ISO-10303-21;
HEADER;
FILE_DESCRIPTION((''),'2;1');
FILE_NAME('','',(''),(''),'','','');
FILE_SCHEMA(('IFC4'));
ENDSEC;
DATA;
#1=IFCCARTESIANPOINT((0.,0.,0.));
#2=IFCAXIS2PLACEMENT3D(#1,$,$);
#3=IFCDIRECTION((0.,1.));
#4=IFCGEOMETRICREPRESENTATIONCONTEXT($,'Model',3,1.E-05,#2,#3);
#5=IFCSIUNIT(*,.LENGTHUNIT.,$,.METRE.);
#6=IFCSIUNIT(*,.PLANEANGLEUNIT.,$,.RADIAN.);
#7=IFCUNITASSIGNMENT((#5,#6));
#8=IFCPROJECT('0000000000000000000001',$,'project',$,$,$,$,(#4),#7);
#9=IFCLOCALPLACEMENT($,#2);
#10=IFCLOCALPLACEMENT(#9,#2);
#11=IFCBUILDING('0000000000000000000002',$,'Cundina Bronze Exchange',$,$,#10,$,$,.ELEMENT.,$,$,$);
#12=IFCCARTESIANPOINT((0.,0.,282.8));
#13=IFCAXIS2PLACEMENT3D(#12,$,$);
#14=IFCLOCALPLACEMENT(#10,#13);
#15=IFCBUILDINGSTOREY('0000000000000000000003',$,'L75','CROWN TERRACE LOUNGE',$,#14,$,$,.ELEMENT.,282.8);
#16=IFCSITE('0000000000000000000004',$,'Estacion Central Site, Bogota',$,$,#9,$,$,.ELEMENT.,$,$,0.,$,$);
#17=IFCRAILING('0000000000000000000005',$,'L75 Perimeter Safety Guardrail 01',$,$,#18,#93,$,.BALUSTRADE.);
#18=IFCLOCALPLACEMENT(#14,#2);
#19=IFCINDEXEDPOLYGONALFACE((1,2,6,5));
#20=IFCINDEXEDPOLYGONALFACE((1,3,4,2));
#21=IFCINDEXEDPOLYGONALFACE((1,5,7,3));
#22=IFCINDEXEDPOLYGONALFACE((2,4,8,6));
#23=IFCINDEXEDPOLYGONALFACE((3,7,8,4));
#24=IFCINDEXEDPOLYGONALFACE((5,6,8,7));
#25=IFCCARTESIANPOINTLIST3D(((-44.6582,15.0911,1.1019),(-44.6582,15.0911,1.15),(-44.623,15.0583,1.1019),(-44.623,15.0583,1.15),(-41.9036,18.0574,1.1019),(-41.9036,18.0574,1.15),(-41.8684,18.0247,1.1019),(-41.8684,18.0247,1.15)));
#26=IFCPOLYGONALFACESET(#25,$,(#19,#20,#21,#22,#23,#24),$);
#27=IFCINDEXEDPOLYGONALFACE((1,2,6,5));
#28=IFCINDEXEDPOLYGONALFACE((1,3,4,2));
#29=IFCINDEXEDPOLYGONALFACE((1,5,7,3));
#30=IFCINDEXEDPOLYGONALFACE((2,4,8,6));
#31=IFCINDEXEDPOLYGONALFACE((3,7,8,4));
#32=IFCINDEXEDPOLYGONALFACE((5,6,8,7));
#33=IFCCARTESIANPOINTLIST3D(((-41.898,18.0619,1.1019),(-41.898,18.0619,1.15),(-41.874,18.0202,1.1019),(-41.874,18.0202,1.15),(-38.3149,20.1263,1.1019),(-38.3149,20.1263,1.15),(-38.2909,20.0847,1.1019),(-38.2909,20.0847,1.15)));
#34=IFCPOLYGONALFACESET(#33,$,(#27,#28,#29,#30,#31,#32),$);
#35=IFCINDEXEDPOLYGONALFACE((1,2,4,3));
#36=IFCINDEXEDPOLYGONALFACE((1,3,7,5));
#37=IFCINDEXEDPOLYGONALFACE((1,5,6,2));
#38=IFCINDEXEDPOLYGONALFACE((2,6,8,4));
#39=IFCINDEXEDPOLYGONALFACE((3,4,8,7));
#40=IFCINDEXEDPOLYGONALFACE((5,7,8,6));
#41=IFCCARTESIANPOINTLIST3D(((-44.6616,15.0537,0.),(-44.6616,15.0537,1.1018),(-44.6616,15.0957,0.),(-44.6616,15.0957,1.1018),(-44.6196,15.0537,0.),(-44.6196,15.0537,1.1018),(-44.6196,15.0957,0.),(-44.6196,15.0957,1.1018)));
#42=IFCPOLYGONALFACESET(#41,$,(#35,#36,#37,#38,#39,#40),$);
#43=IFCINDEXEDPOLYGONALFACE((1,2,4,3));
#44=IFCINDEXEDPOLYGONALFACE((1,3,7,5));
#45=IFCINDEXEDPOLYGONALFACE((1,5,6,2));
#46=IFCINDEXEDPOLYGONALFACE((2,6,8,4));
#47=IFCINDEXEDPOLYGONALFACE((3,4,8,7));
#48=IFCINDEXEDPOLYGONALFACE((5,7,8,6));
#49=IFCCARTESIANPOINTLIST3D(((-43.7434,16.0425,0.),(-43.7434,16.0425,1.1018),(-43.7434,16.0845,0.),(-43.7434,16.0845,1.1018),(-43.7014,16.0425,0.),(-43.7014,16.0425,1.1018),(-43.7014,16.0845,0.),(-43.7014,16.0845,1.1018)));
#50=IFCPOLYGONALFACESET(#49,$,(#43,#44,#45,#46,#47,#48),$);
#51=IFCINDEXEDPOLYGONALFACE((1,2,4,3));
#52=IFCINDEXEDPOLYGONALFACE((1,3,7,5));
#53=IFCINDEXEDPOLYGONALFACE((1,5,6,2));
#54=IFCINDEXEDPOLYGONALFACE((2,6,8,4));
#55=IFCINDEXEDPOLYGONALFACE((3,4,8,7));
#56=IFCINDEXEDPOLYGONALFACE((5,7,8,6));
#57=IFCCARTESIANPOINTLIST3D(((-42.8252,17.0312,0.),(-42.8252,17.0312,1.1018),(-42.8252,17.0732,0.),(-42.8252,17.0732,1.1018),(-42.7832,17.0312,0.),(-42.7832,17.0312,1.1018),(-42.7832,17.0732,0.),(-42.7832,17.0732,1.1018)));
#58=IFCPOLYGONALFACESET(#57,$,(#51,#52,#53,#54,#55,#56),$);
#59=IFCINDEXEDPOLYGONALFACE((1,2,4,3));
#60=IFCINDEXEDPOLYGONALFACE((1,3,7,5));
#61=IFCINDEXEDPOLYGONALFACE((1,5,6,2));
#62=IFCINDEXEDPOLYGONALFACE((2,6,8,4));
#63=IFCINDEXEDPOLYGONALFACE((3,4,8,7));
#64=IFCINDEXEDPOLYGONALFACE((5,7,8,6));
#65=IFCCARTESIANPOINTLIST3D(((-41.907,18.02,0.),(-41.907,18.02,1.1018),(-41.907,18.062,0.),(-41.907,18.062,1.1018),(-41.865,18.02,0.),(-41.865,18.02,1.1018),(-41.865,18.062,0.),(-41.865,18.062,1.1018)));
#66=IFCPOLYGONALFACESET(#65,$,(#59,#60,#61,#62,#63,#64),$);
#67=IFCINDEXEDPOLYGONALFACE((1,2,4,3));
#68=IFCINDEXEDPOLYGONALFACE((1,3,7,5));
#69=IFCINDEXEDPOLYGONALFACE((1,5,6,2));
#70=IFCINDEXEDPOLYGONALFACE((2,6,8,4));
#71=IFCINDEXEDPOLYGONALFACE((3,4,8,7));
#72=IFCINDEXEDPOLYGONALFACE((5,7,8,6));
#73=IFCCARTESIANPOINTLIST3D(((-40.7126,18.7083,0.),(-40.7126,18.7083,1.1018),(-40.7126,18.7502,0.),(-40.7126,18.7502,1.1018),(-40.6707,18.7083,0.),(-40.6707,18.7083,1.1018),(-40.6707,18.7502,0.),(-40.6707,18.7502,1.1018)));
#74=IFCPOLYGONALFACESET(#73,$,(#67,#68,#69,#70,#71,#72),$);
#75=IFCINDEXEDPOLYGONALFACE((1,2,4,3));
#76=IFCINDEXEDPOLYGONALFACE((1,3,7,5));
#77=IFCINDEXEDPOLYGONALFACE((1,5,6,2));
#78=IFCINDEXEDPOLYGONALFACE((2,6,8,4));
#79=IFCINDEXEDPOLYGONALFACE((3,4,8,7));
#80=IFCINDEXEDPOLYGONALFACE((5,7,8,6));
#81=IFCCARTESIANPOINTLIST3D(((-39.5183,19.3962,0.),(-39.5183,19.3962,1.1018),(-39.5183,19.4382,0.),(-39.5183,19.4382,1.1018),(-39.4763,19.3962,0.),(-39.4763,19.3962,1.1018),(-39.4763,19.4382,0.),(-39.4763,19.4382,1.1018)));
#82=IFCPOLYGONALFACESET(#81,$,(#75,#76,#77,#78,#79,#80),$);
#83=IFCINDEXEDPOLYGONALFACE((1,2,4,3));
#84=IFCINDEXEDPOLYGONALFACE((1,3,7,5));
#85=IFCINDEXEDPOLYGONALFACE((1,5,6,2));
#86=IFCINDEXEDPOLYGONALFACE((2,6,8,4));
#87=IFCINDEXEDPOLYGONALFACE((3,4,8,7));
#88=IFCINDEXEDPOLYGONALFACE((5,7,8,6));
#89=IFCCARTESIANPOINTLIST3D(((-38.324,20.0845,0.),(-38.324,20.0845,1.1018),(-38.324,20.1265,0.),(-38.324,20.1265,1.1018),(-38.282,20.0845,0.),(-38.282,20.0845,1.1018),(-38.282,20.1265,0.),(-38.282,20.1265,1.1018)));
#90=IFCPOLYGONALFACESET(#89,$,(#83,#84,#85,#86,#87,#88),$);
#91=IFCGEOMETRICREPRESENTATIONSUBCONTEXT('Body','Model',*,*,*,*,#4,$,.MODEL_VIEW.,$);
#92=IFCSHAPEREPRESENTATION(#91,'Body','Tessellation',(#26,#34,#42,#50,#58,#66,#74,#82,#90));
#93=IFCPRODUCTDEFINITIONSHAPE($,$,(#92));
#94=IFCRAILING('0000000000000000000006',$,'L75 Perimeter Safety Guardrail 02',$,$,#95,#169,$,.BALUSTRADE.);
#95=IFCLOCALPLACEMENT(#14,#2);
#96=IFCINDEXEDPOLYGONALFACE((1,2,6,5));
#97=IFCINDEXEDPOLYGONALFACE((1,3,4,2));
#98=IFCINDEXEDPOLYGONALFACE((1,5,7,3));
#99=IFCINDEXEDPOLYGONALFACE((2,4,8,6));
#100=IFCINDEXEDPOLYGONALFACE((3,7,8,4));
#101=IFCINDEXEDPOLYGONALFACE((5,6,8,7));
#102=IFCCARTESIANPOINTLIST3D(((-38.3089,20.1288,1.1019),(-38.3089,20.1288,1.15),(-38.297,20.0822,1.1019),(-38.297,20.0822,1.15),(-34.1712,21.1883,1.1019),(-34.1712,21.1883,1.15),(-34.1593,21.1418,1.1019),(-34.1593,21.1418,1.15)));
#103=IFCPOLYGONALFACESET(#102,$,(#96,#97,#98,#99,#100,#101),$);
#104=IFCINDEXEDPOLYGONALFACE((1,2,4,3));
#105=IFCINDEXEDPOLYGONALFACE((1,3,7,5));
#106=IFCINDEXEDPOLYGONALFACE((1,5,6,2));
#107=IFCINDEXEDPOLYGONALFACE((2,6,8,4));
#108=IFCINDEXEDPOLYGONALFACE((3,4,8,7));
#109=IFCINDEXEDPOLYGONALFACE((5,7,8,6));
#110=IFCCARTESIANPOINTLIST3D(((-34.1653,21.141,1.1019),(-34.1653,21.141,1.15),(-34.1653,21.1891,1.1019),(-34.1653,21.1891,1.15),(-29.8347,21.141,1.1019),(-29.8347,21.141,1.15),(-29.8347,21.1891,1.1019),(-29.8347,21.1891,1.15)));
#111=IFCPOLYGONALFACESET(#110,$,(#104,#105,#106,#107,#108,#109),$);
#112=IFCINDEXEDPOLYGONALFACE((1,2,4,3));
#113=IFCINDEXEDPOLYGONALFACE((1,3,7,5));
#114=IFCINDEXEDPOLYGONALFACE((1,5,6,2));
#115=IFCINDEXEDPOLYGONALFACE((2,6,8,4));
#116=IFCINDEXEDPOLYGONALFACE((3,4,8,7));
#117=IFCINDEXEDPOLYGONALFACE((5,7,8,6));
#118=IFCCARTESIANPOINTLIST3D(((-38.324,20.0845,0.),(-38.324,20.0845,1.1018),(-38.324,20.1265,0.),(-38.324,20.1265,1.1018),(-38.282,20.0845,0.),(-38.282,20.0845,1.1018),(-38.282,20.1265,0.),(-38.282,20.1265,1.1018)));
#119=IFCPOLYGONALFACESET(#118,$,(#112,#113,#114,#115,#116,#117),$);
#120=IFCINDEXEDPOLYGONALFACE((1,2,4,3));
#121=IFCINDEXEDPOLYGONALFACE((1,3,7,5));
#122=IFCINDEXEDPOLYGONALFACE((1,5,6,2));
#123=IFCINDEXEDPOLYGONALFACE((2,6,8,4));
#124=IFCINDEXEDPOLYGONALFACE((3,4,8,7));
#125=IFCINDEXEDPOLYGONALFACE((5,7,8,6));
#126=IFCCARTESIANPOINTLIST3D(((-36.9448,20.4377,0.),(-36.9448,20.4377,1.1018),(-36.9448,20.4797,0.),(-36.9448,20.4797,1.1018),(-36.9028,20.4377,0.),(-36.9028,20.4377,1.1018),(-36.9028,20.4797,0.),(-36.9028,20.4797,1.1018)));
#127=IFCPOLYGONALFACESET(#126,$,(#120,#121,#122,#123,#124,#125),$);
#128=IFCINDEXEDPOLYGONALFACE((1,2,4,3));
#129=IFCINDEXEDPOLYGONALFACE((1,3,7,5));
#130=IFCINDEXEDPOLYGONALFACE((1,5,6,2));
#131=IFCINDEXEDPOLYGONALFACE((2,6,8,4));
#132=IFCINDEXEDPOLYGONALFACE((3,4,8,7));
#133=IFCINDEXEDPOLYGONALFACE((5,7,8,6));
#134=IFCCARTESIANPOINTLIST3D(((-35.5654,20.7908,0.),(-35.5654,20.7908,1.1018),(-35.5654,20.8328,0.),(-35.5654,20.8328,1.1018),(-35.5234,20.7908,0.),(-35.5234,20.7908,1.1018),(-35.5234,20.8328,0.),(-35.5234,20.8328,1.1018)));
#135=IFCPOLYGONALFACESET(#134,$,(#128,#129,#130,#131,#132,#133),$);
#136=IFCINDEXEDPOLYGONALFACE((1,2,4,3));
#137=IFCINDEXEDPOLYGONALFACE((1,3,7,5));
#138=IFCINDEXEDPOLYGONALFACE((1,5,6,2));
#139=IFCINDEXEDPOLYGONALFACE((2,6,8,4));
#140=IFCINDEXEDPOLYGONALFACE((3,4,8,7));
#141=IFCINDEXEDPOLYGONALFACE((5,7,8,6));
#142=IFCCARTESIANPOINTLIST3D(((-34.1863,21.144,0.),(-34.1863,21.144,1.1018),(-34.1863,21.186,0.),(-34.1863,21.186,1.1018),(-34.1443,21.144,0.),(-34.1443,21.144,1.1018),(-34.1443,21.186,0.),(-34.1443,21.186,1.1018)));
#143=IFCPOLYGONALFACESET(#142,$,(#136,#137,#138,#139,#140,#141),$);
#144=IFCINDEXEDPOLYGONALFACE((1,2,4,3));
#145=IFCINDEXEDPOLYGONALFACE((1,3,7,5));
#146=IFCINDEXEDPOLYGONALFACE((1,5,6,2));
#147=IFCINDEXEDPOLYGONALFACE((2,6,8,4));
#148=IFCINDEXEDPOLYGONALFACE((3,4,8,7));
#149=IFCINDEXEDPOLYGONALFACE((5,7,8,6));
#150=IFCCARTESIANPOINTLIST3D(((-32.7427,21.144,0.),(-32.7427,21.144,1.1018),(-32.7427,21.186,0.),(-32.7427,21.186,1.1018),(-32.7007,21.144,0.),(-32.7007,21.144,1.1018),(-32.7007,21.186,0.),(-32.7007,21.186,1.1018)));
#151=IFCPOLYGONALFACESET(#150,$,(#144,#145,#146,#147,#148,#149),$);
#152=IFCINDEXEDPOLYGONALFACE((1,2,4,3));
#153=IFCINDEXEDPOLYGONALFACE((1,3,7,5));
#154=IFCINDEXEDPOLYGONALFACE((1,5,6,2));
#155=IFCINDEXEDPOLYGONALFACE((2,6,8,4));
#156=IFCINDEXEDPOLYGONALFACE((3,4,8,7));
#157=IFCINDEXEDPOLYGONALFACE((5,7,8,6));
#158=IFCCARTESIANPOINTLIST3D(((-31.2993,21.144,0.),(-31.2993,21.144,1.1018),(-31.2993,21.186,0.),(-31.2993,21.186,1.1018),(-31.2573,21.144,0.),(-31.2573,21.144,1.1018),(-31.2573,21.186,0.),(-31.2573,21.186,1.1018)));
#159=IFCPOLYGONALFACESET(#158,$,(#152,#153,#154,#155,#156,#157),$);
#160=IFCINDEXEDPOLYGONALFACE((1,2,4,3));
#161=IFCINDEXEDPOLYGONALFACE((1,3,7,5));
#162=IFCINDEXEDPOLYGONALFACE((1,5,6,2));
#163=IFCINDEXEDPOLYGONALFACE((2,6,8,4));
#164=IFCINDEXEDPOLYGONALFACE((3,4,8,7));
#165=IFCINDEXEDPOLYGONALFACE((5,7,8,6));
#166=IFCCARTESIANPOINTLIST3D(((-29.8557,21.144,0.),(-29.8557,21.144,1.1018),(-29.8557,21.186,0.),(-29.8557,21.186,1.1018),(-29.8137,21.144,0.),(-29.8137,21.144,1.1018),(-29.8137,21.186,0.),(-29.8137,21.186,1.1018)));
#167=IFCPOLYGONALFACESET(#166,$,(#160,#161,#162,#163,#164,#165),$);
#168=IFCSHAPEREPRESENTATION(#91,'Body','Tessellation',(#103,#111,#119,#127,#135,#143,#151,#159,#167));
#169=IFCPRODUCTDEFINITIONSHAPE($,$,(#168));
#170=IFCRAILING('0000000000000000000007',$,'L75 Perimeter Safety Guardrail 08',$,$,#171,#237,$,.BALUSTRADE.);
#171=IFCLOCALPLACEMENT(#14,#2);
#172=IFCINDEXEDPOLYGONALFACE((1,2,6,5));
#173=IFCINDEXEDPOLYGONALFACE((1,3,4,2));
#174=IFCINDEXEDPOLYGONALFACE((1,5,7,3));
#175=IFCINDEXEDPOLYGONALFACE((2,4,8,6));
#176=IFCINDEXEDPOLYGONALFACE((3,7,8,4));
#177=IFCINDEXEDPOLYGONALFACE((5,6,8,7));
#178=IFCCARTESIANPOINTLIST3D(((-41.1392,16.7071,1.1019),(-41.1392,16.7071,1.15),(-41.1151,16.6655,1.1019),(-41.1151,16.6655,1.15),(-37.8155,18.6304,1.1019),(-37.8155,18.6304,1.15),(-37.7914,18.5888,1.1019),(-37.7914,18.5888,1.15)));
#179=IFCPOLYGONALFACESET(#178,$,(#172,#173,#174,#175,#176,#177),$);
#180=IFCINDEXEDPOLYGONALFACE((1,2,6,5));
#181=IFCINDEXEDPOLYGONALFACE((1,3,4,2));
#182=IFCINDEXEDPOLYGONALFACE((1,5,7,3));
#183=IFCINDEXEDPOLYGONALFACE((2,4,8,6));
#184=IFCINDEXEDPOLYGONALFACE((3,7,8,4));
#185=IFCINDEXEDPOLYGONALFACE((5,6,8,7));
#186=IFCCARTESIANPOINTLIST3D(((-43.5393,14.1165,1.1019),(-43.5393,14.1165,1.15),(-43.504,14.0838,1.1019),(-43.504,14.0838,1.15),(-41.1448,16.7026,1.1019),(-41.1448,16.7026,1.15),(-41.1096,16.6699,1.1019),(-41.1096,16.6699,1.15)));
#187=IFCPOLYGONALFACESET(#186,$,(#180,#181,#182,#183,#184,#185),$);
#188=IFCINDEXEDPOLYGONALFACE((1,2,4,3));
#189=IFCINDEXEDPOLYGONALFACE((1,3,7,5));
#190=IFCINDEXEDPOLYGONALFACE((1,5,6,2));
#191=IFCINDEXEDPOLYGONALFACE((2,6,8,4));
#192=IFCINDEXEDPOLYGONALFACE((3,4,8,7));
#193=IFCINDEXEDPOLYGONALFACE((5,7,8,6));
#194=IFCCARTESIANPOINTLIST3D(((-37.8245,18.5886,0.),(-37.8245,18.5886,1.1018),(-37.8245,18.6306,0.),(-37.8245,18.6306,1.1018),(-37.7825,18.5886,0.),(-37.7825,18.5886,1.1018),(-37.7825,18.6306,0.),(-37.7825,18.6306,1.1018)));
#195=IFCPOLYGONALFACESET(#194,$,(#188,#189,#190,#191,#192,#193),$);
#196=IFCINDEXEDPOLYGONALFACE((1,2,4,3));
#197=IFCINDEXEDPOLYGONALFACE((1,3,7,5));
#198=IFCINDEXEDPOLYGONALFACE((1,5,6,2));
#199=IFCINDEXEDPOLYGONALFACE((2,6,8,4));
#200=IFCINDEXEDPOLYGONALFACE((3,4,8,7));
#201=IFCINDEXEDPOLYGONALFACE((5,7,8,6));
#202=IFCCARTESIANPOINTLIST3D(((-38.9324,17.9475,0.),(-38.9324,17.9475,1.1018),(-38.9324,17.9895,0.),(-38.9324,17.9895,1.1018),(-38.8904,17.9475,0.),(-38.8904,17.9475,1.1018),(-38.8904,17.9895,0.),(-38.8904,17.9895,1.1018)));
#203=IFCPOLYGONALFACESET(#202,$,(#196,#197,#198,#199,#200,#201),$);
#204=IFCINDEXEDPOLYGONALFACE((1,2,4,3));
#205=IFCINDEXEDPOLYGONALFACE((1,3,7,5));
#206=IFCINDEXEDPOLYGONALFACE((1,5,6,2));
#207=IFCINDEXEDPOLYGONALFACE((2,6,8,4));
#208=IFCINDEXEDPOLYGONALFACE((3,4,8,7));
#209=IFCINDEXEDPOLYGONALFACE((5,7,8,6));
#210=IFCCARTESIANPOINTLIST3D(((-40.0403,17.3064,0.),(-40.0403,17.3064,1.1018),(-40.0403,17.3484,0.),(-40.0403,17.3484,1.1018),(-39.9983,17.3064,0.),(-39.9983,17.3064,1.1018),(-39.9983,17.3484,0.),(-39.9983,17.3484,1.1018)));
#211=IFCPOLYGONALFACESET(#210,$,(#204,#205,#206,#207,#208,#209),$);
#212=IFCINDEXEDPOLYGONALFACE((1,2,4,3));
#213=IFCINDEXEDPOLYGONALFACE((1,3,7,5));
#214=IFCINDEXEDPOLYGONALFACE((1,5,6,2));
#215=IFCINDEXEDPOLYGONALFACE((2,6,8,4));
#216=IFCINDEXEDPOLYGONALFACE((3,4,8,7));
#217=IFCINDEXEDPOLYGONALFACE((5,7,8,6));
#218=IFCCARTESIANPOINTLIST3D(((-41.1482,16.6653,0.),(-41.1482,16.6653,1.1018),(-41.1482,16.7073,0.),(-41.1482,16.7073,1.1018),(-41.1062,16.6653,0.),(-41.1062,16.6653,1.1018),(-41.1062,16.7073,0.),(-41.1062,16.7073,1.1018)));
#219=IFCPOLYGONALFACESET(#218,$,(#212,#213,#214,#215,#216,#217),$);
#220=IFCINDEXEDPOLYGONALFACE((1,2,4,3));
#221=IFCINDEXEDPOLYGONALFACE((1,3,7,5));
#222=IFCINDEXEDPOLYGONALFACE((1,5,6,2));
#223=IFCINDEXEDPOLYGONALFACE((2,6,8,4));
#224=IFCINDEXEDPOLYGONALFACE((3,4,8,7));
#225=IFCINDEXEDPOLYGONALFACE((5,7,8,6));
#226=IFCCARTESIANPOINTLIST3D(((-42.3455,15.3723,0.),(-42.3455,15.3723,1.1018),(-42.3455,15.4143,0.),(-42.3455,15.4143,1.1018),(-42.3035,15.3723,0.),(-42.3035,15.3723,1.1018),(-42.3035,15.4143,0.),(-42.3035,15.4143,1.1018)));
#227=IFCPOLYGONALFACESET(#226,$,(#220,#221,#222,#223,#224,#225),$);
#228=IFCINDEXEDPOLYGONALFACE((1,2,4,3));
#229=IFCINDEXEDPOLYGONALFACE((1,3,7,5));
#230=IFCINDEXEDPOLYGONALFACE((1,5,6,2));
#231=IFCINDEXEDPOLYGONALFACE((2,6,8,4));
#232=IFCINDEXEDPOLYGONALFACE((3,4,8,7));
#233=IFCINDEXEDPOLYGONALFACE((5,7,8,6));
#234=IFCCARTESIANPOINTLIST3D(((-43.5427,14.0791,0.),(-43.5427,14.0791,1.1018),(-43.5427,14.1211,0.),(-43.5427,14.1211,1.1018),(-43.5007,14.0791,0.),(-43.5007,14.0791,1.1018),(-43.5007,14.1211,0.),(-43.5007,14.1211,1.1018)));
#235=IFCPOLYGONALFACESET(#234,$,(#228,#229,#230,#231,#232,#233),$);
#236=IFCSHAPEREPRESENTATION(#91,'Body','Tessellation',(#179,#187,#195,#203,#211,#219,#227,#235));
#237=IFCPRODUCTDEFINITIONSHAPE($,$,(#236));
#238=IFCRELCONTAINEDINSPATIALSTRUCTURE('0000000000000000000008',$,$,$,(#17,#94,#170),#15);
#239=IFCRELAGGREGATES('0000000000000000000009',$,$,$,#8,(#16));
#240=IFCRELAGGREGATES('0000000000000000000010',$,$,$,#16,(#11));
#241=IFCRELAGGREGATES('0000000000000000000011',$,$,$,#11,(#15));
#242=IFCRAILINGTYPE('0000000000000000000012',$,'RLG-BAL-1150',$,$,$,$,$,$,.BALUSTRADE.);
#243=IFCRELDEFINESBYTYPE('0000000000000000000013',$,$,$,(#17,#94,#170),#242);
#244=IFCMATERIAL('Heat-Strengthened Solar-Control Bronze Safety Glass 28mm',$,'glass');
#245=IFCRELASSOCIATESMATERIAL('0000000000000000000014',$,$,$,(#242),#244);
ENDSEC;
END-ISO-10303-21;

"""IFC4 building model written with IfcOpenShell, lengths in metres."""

from ifc_helpers import new_model, si_unit, direction, frame, origin, origin_2d, place, context, subcontext, project, spatial, rectangle, extrude, material, type_object, element, save


model = new_model("IFC4")

# Units and contexts
model_context = context("Model", 3, precision=1e-05, world=origin(), true_north=direction((0.0, 1.0)))
body_context = subcontext(model_context, "Body", "Model", "MODEL_VIEW")
ifc_project = project(units=[si_unit("LENGTHUNIT", "METRE"), si_unit("PLANEANGLEUNIT", "RADIAN")], contexts=[model_context])

# Site, building, storey
site_placement = place(None, origin())
site = spatial("IfcSite", under=ifc_project, at=site_placement, Name="Estacion Central Site, Bogota", CompositionType="ELEMENT", RefElevation=0.0)
building_placement = place(site_placement, origin())
building = spatial("IfcBuilding", under=site, at=building_placement, Name="Cundina Bronze Exchange", CompositionType="ELEMENT")
storey_placement = place(building_placement, frame((0.0, 0.0, 282.8)))
storey = spatial("IfcBuildingStorey", under=building, at=storey_placement, Name="L75", Description="CROWN TERRACE LOUNGE", CompositionType="ELEMENT", Elevation=282.8)

# Railings
ifc_material_1 = material(Name="Heat-Strengthened Solar-Control Bronze Safety Glass 28mm", Category="glass")
railing_type = type_object("IfcRailingType", Name="RLG-BAL-1150", PredefinedType="BALUSTRADE", material=ifc_material_1)
railing_1_placement = place(storey_placement, frame((-44.6406, 15.0747, 0.0)))
element("IfcRailing", 1, at=railing_1_placement, inside=storey, type_object=railing_type, Name="L75 Perimeter Safety Guardrail 01", PredefinedType="BALUSTRADE", context=body_context, shape_type="SweptSolid", body=[
    extrude(rectangle(XDim=0.0481, YDim=0.0481, at=origin_2d()), frame((0.0, 0.0, 1.126), z_axis=(0.680479, 0.732768, 0.0), x_axis=(-0.732768, 0.680479, 0.0)), (0.0, 0.0, 1.0), 4.0481),
    extrude(rectangle(XDim=0.0481, YDim=0.0481, at=origin_2d()), frame((2.7546, 2.9663, 1.126), z_axis=(0.866465, 0.499239, 0.0), x_axis=(-0.499239, 0.866465, 0.0)), (0.0, 0.0, 1.0), 4.1353),
    extrude(rectangle(XDim=0.042, YDim=0.042, at=origin_2d()), origin(), (0.0, 0.0, 1.0), 1.1018),
    extrude(rectangle(XDim=0.042, YDim=0.042, at=origin_2d()), frame((0.9182, 0.9888, 0.0)), (0.0, 0.0, 1.0), 1.1018),
    extrude(rectangle(XDim=0.042, YDim=0.042, at=origin_2d()), frame((1.8364, 1.9775, 0.0)), (0.0, 0.0, 1.0), 1.1018),
    extrude(rectangle(XDim=0.042, YDim=0.042, at=origin_2d()), frame((2.7546, 2.9663, 0.0)), (0.0, 0.0, 1.0), 1.1018),
    extrude(rectangle(XDim=0.042, YDim=0.042, at=origin_2d()), frame((3.949, 3.6545, 0.0)), (0.0, 0.0, 1.0), 1.1018),
    extrude(rectangle(XDim=0.042, YDim=0.042, at=origin_2d()), frame((5.1433, 4.3425, 0.0)), (0.0, 0.0, 1.0), 1.1018),
    extrude(rectangle(XDim=0.042, YDim=0.042, at=origin_2d()), frame((6.3376, 5.0308, 0.0)), (0.0, 0.0, 1.0), 1.1018),
])
railing_2_placement = place(storey_placement, frame((-38.303, 20.1055, 0.0)))
element("IfcRailing", 2, at=railing_2_placement, inside=storey, type_object=railing_type, Name="L75 Perimeter Safety Guardrail 02", PredefinedType="BALUSTRADE", context=body_context, shape_type="SweptSolid", body=[
    extrude(rectangle(XDim=0.0481, YDim=0.0481, at=origin_2d()), frame((0.0, 0.0, 1.126), z_axis=(0.968741, 0.248073, 0.0), x_axis=(-0.248073, 0.968741, 0.0)), (0.0, 0.0, 1.0), 4.2712),
    extrude(rectangle(XDim=0.0481, YDim=0.0481, at=origin_2d()), frame((4.1377, 1.0596, 1.126), z_axis=(1.0, 0.0, 0.0), x_axis=(0.0, 1.0, 0.0)), (0.0, 0.0, 1.0), 4.3306),
    extrude(rectangle(XDim=0.042, YDim=0.042, at=origin_2d()), origin(), (0.0, 0.0, 1.0), 1.1018),
    extrude(rectangle(XDim=0.042, YDim=0.042, at=origin_2d()), frame((1.3792, 0.3533, 0.0)), (0.0, 0.0, 1.0), 1.1018),
    extrude(rectangle(XDim=0.042, YDim=0.042, at=origin_2d()), frame((2.7585, 0.7063, 0.0)), (0.0, 0.0, 1.0), 1.1018),
    extrude(rectangle(XDim=0.042, YDim=0.042, at=origin_2d()), frame((4.1377, 1.0596, 0.0)), (0.0, 0.0, 1.0), 1.1018),
    extrude(rectangle(XDim=0.042, YDim=0.042, at=origin_2d()), frame((5.5813, 1.0596, 0.0)), (0.0, 0.0, 1.0), 1.1018),
    extrude(rectangle(XDim=0.042, YDim=0.042, at=origin_2d()), frame((7.0247, 1.0596, 0.0)), (0.0, 0.0, 1.0), 1.1018),
    extrude(rectangle(XDim=0.042, YDim=0.042, at=origin_2d()), frame((8.4683, 1.0596, 0.0)), (0.0, 0.0, 1.0), 1.1018),
])
railing_3_placement = place(storey_placement, frame((-37.8035, 18.6096, 0.0)))
element("IfcRailing", 3, at=railing_3_placement, inside=storey, type_object=railing_type, Name="L75 Perimeter Safety Guardrail 08", PredefinedType="BALUSTRADE", context=body_context, shape_type="SweptSolid", body=[
    extrude(rectangle(XDim=0.0481, YDim=0.0481, at=origin_2d()), frame((0.0, 0.0, 1.126), z_axis=(-0.865531, -0.500856, 0.0), x_axis=(0.500856, -0.865531, 0.0)), (0.0, 0.0, 1.0), 3.8401),
    extrude(rectangle(XDim=0.0481, YDim=0.0481, at=origin_2d()), frame((-3.3237, -1.9233, 1.126), z_axis=(-0.679396, -0.733772, 0.0), x_axis=(0.733772, -0.679396, 0.0)), (0.0, 0.0, 1.0), 3.5244),
    extrude(rectangle(XDim=0.042, YDim=0.042, at=origin_2d()), origin(), (0.0, 0.0, 1.0), 1.1018),
    extrude(rectangle(XDim=0.042, YDim=0.042, at=origin_2d()), frame((-1.1079, -0.6411, 0.0)), (0.0, 0.0, 1.0), 1.1018),
    extrude(rectangle(XDim=0.042, YDim=0.042, at=origin_2d()), frame((-2.2158, -1.2822, 0.0)), (0.0, 0.0, 1.0), 1.1018),
    extrude(rectangle(XDim=0.042, YDim=0.042, at=origin_2d()), frame((-3.3237, -1.9233, 0.0)), (0.0, 0.0, 1.0), 1.1018),
    extrude(rectangle(XDim=0.042, YDim=0.042, at=origin_2d()), frame((-4.521, -3.2163, 0.0)), (0.0, 0.0, 1.0), 1.1018),
    extrude(rectangle(XDim=0.042, YDim=0.042, at=origin_2d()), frame((-5.7183, -4.5095, 0.0)), (0.0, 0.0, 1.0), 1.1018),
])

save(model, "model.ifc")
